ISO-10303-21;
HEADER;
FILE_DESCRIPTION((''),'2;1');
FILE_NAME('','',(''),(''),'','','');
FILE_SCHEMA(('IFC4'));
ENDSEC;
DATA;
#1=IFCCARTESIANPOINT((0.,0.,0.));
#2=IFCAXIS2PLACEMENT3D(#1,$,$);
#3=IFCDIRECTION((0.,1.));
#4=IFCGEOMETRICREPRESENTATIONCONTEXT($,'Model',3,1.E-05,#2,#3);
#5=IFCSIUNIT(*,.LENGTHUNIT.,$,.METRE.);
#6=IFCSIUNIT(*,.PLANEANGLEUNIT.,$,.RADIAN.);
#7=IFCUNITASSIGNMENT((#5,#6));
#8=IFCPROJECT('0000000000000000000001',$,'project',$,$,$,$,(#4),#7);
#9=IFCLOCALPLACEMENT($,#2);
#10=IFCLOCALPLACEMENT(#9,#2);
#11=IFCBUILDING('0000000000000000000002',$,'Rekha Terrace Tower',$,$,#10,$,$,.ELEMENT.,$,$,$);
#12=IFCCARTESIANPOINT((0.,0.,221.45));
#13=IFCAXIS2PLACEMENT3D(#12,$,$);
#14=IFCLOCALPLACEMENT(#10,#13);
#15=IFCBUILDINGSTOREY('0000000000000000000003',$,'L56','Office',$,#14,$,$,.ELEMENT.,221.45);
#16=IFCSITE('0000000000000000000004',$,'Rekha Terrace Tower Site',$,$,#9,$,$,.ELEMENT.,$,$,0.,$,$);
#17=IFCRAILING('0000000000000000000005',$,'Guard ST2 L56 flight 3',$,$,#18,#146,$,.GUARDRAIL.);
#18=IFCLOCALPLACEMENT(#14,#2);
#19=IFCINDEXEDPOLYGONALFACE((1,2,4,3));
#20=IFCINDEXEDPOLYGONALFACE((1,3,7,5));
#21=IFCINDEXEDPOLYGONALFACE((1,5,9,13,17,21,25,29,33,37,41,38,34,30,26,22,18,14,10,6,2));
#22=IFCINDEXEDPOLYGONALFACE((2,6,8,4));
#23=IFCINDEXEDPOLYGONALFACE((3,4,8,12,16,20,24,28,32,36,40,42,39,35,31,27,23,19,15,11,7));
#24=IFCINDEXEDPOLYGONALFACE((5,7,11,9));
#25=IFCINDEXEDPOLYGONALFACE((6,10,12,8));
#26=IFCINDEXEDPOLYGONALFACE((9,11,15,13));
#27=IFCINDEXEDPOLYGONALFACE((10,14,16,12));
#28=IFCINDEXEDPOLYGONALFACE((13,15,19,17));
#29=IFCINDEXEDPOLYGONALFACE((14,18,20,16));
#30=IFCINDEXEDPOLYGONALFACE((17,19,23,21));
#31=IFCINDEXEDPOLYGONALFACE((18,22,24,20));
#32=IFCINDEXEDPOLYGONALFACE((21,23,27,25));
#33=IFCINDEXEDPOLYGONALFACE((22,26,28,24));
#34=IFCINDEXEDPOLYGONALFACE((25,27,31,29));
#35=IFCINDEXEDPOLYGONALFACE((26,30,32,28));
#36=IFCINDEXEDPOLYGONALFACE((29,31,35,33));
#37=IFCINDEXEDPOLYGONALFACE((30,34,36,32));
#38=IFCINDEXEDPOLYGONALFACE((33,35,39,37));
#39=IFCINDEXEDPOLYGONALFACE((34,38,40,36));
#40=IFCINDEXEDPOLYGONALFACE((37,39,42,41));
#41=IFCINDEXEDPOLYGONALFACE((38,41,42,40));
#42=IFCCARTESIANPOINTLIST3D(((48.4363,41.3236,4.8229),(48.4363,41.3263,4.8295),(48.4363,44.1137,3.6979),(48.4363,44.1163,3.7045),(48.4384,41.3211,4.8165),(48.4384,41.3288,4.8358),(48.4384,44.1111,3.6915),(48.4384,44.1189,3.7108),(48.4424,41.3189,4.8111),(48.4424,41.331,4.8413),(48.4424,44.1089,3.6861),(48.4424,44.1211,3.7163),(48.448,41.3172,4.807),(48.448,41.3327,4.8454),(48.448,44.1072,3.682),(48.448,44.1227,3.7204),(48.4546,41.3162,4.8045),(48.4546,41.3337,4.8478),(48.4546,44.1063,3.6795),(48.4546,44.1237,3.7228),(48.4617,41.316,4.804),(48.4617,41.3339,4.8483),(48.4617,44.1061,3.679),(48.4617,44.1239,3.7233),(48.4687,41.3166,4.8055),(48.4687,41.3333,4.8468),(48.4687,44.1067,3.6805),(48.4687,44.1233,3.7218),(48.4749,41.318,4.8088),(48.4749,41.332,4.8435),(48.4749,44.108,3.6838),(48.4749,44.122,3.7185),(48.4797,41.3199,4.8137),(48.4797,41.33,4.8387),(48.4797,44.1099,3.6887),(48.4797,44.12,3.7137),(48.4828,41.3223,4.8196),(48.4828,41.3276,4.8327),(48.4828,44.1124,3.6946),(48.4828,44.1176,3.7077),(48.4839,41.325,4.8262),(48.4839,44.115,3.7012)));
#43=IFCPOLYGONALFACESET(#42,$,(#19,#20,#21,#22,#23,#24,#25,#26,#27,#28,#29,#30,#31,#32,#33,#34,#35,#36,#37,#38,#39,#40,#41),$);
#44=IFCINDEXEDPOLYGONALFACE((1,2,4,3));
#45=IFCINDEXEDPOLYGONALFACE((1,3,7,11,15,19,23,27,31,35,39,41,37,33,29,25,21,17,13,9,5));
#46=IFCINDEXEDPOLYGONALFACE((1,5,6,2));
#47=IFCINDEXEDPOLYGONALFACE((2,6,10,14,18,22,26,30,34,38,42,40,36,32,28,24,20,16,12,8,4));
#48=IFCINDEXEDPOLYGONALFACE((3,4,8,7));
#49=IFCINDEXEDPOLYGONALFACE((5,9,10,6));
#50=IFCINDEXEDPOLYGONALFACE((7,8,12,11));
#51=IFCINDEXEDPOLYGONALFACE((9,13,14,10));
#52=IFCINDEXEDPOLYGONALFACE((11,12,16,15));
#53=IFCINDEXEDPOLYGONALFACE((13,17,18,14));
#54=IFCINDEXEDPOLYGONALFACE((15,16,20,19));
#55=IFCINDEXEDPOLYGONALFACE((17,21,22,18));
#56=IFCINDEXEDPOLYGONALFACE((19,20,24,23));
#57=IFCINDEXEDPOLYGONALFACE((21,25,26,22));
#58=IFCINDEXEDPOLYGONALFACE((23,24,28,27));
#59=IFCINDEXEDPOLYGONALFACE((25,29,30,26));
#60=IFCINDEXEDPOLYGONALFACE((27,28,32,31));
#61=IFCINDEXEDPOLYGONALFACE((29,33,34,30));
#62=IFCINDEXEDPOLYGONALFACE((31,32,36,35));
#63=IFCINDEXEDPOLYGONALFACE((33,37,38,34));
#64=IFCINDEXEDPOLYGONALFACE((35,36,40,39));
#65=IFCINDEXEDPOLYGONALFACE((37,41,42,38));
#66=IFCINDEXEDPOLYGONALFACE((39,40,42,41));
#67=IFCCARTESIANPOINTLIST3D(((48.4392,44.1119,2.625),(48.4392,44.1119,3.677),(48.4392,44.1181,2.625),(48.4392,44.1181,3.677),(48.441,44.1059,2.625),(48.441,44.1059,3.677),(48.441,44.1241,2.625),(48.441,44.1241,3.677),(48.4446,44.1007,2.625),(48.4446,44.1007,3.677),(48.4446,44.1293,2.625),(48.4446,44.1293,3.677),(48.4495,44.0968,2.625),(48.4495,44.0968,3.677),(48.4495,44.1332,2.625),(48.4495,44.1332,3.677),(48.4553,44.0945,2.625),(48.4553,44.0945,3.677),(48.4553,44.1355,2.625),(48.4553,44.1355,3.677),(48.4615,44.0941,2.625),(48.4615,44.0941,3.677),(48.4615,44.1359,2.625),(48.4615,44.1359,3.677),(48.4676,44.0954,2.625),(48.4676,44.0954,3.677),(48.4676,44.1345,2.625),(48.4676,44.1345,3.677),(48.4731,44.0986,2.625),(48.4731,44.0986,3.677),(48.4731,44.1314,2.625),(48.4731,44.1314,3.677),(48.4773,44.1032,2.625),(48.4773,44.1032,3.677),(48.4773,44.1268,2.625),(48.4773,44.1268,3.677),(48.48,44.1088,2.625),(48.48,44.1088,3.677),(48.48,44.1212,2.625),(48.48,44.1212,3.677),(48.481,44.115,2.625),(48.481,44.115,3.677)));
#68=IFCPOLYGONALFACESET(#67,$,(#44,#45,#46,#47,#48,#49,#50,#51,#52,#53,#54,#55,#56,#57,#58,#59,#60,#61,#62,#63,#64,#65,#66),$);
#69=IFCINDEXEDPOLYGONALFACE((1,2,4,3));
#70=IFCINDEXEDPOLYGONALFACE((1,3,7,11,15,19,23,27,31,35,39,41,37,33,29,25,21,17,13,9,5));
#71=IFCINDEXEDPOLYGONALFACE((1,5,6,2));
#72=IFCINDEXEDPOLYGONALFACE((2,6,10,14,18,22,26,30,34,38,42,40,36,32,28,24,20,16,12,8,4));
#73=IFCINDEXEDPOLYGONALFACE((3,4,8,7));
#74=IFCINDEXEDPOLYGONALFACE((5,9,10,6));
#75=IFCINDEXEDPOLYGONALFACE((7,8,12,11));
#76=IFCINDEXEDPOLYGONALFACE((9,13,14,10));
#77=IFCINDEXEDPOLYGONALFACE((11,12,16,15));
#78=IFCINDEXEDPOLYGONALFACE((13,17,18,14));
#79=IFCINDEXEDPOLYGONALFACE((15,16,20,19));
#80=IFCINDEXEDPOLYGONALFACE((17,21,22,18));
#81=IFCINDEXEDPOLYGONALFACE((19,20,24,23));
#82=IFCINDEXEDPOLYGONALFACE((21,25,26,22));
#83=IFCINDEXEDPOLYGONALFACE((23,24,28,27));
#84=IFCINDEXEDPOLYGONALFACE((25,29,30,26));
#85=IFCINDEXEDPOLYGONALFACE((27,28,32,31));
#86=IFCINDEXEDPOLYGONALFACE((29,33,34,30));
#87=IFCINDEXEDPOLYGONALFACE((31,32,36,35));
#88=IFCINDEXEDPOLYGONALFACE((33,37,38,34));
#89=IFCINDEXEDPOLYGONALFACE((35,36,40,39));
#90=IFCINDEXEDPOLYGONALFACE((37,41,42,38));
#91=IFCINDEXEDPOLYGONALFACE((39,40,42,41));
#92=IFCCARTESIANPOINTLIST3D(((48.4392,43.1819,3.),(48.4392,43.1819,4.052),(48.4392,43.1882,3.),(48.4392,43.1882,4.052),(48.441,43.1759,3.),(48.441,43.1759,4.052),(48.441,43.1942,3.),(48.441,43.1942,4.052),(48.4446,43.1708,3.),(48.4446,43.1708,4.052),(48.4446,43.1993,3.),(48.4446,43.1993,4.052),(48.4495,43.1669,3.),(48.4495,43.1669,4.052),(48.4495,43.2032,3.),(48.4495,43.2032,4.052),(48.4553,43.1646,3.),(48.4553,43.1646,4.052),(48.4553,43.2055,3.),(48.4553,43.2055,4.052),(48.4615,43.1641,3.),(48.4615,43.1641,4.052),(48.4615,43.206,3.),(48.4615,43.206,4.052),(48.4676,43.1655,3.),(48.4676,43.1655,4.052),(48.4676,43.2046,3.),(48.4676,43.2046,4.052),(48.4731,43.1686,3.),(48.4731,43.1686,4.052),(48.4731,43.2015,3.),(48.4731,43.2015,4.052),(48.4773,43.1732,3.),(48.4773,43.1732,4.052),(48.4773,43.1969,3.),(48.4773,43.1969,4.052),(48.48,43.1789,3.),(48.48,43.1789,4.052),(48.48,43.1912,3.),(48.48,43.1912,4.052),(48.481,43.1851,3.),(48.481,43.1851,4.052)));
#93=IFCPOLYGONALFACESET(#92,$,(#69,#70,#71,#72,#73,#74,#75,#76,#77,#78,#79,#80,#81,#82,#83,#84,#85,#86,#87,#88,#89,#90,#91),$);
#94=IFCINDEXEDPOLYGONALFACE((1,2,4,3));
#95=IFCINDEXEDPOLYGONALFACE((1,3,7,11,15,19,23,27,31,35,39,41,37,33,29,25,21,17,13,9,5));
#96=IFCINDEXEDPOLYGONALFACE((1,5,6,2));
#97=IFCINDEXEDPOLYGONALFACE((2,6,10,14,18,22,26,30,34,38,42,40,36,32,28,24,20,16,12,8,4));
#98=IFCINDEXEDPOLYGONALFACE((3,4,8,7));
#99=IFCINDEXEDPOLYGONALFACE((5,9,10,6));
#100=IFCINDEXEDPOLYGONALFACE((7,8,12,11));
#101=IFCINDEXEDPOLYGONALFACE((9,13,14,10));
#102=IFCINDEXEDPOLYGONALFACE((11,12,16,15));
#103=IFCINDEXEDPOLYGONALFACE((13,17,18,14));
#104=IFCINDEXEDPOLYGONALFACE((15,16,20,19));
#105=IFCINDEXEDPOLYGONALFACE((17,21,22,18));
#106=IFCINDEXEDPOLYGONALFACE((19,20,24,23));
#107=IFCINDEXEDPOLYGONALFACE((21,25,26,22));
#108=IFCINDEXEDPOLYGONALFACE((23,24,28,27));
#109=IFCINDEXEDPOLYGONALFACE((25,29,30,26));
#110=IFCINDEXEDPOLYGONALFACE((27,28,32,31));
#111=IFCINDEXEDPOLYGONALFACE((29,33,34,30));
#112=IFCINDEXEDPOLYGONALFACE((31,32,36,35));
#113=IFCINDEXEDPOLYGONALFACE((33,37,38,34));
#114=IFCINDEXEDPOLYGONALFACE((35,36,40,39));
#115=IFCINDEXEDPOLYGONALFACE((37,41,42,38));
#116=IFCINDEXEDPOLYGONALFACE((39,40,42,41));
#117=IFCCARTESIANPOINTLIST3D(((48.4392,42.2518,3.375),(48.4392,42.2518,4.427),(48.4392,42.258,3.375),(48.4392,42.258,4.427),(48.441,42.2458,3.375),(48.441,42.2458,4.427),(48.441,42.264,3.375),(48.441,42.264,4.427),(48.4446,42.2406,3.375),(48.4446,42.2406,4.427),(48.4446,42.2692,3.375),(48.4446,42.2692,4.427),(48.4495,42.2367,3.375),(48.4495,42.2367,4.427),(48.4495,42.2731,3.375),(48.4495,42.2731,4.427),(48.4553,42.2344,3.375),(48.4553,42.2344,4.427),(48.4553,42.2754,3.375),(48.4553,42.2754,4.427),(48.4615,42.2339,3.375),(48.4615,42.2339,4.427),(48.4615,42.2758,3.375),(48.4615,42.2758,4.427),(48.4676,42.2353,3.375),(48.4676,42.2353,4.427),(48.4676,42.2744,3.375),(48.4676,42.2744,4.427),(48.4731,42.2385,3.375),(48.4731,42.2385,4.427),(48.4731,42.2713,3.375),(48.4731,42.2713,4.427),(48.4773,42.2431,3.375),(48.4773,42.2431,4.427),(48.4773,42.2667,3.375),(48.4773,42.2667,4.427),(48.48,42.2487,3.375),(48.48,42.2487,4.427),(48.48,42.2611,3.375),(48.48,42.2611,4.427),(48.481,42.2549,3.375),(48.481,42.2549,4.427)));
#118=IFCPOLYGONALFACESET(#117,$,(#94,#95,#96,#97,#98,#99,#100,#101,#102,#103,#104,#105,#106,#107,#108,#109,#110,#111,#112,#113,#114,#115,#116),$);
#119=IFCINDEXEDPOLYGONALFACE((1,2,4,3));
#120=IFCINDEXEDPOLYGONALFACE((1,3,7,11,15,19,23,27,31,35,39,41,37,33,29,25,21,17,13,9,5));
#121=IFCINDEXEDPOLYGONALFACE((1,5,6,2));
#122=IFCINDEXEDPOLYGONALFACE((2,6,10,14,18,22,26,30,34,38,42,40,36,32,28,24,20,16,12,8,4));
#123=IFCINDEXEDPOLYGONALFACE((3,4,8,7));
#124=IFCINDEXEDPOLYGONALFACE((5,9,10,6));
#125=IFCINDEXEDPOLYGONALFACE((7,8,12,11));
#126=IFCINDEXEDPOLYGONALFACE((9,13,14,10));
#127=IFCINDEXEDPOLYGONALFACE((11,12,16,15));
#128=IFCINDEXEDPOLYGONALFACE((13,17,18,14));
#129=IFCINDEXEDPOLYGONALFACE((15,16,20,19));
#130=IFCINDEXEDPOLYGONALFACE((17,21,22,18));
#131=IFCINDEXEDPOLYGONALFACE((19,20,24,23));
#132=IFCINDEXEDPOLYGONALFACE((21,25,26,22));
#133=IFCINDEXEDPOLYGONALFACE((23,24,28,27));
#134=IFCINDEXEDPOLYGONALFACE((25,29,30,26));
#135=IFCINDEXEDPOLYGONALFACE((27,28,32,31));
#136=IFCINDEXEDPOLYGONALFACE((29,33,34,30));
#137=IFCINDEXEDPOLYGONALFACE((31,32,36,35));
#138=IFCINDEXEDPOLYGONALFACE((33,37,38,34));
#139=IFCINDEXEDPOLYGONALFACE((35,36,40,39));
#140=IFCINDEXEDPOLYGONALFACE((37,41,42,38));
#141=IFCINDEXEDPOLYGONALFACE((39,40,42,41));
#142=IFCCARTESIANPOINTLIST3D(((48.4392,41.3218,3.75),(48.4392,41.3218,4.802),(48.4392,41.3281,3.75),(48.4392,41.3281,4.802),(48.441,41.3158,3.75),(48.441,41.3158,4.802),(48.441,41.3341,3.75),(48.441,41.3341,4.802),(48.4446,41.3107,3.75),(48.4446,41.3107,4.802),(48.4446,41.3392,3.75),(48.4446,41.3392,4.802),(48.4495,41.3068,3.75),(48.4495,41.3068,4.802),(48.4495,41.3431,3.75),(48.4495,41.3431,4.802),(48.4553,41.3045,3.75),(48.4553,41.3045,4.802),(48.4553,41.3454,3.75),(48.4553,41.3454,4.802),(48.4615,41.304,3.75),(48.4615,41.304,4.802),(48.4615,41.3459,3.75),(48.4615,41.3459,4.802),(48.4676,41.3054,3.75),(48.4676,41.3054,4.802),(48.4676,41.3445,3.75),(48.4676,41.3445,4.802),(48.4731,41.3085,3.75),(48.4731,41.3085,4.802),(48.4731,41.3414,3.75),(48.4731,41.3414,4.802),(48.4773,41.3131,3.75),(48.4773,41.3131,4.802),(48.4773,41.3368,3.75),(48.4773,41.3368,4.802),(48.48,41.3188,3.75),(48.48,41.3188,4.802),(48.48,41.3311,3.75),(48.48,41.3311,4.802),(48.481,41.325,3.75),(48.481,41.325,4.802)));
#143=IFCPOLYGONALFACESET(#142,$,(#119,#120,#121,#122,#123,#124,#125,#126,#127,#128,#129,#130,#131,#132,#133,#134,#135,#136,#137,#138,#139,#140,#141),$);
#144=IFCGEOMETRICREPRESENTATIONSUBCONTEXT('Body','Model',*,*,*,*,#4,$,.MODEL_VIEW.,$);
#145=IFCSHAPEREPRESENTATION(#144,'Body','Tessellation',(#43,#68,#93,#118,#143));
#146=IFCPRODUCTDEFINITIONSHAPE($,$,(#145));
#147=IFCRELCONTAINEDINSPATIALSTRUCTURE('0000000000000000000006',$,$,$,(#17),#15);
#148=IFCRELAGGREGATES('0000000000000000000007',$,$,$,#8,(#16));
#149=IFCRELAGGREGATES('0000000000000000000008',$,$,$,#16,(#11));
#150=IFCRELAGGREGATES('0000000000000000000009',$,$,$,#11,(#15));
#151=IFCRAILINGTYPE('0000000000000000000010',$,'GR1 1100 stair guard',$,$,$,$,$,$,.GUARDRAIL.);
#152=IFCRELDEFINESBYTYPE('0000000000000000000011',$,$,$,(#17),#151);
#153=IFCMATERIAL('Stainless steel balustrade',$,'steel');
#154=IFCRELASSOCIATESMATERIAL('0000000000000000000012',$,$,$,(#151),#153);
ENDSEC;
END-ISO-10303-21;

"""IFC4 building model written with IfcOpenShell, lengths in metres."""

from ifc_helpers import new_model, si_unit, direction, frame, origin, origin_2d, place, context, subcontext, project, spatial, circle, extrude, material, type_object, element, save


model = new_model("IFC4")

# Units and contexts
model_context = context("Model", 3, precision=1e-05, world=origin(), true_north=direction((0.0, 1.0)))
body_context = subcontext(model_context, "Body", "Model", "MODEL_VIEW")
ifc_project = project(units=[si_unit("LENGTHUNIT", "METRE"), si_unit("PLANEANGLEUNIT", "RADIAN")], contexts=[model_context])

# Site, building, storey
site_placement = place(None, origin())
site = spatial("IfcSite", under=ifc_project, at=site_placement, Name="Rekha Terrace Tower Site", CompositionType="ELEMENT", RefElevation=0.0)
building_placement = place(site_placement, origin())
building = spatial("IfcBuilding", under=site, at=building_placement, Name="Rekha Terrace Tower", CompositionType="ELEMENT")
storey_placement = place(building_placement, frame((0.0, 0.0, 221.45)))
storey = spatial("IfcBuildingStorey", under=building, at=storey_placement, Name="L56", Description="Office", CompositionType="ELEMENT", Elevation=221.45)

# Railing
ifc_material_1 = material(Name="Stainless steel balustrade", Category="steel")
railing_type_1 = type_object("IfcRailingType", Name="GR1 1100 stair guard", PredefinedType="GUARDRAIL", material=ifc_material_1)
railing_1_placement = place(storey_placement, frame((48.46, 44.115, 2.625)))
element("IfcRailing", 1, at=railing_1_placement, inside=storey, type_object=railing_type_1, Name="Guard ST2 L56 flight 3", PredefinedType="GUARDRAIL", context=body_context, shape_type="SweptSolid", body=[
    extrude(circle(Radius=0.0239, at=origin_2d()), frame((0.0, 0.0, 1.0762), z_axis=(0.0, -0.927443, 0.373964), x_axis=(1.0, 0.0, 0.0)), (0.0, 0.0, 1.0), 3.0083),
    extrude(circle(Radius=0.021, at=origin_2d()), origin(), (0.0, 0.0, 1.0), 1.052),
    extrude(circle(Radius=0.021, at=origin_2d()), frame((0.0, -0.9299, 0.375)), (0.0, 0.0, 1.0), 1.052),
    extrude(circle(Radius=0.021, at=origin_2d()), frame((0.0, -1.8601, 0.75)), (0.0, 0.0, 1.0), 1.052),
    extrude(circle(Radius=0.021, at=origin_2d()), frame((0.0, -2.79, 1.125)), (0.0, 0.0, 1.0), 1.052),
])

save(model, "model.ifc")
